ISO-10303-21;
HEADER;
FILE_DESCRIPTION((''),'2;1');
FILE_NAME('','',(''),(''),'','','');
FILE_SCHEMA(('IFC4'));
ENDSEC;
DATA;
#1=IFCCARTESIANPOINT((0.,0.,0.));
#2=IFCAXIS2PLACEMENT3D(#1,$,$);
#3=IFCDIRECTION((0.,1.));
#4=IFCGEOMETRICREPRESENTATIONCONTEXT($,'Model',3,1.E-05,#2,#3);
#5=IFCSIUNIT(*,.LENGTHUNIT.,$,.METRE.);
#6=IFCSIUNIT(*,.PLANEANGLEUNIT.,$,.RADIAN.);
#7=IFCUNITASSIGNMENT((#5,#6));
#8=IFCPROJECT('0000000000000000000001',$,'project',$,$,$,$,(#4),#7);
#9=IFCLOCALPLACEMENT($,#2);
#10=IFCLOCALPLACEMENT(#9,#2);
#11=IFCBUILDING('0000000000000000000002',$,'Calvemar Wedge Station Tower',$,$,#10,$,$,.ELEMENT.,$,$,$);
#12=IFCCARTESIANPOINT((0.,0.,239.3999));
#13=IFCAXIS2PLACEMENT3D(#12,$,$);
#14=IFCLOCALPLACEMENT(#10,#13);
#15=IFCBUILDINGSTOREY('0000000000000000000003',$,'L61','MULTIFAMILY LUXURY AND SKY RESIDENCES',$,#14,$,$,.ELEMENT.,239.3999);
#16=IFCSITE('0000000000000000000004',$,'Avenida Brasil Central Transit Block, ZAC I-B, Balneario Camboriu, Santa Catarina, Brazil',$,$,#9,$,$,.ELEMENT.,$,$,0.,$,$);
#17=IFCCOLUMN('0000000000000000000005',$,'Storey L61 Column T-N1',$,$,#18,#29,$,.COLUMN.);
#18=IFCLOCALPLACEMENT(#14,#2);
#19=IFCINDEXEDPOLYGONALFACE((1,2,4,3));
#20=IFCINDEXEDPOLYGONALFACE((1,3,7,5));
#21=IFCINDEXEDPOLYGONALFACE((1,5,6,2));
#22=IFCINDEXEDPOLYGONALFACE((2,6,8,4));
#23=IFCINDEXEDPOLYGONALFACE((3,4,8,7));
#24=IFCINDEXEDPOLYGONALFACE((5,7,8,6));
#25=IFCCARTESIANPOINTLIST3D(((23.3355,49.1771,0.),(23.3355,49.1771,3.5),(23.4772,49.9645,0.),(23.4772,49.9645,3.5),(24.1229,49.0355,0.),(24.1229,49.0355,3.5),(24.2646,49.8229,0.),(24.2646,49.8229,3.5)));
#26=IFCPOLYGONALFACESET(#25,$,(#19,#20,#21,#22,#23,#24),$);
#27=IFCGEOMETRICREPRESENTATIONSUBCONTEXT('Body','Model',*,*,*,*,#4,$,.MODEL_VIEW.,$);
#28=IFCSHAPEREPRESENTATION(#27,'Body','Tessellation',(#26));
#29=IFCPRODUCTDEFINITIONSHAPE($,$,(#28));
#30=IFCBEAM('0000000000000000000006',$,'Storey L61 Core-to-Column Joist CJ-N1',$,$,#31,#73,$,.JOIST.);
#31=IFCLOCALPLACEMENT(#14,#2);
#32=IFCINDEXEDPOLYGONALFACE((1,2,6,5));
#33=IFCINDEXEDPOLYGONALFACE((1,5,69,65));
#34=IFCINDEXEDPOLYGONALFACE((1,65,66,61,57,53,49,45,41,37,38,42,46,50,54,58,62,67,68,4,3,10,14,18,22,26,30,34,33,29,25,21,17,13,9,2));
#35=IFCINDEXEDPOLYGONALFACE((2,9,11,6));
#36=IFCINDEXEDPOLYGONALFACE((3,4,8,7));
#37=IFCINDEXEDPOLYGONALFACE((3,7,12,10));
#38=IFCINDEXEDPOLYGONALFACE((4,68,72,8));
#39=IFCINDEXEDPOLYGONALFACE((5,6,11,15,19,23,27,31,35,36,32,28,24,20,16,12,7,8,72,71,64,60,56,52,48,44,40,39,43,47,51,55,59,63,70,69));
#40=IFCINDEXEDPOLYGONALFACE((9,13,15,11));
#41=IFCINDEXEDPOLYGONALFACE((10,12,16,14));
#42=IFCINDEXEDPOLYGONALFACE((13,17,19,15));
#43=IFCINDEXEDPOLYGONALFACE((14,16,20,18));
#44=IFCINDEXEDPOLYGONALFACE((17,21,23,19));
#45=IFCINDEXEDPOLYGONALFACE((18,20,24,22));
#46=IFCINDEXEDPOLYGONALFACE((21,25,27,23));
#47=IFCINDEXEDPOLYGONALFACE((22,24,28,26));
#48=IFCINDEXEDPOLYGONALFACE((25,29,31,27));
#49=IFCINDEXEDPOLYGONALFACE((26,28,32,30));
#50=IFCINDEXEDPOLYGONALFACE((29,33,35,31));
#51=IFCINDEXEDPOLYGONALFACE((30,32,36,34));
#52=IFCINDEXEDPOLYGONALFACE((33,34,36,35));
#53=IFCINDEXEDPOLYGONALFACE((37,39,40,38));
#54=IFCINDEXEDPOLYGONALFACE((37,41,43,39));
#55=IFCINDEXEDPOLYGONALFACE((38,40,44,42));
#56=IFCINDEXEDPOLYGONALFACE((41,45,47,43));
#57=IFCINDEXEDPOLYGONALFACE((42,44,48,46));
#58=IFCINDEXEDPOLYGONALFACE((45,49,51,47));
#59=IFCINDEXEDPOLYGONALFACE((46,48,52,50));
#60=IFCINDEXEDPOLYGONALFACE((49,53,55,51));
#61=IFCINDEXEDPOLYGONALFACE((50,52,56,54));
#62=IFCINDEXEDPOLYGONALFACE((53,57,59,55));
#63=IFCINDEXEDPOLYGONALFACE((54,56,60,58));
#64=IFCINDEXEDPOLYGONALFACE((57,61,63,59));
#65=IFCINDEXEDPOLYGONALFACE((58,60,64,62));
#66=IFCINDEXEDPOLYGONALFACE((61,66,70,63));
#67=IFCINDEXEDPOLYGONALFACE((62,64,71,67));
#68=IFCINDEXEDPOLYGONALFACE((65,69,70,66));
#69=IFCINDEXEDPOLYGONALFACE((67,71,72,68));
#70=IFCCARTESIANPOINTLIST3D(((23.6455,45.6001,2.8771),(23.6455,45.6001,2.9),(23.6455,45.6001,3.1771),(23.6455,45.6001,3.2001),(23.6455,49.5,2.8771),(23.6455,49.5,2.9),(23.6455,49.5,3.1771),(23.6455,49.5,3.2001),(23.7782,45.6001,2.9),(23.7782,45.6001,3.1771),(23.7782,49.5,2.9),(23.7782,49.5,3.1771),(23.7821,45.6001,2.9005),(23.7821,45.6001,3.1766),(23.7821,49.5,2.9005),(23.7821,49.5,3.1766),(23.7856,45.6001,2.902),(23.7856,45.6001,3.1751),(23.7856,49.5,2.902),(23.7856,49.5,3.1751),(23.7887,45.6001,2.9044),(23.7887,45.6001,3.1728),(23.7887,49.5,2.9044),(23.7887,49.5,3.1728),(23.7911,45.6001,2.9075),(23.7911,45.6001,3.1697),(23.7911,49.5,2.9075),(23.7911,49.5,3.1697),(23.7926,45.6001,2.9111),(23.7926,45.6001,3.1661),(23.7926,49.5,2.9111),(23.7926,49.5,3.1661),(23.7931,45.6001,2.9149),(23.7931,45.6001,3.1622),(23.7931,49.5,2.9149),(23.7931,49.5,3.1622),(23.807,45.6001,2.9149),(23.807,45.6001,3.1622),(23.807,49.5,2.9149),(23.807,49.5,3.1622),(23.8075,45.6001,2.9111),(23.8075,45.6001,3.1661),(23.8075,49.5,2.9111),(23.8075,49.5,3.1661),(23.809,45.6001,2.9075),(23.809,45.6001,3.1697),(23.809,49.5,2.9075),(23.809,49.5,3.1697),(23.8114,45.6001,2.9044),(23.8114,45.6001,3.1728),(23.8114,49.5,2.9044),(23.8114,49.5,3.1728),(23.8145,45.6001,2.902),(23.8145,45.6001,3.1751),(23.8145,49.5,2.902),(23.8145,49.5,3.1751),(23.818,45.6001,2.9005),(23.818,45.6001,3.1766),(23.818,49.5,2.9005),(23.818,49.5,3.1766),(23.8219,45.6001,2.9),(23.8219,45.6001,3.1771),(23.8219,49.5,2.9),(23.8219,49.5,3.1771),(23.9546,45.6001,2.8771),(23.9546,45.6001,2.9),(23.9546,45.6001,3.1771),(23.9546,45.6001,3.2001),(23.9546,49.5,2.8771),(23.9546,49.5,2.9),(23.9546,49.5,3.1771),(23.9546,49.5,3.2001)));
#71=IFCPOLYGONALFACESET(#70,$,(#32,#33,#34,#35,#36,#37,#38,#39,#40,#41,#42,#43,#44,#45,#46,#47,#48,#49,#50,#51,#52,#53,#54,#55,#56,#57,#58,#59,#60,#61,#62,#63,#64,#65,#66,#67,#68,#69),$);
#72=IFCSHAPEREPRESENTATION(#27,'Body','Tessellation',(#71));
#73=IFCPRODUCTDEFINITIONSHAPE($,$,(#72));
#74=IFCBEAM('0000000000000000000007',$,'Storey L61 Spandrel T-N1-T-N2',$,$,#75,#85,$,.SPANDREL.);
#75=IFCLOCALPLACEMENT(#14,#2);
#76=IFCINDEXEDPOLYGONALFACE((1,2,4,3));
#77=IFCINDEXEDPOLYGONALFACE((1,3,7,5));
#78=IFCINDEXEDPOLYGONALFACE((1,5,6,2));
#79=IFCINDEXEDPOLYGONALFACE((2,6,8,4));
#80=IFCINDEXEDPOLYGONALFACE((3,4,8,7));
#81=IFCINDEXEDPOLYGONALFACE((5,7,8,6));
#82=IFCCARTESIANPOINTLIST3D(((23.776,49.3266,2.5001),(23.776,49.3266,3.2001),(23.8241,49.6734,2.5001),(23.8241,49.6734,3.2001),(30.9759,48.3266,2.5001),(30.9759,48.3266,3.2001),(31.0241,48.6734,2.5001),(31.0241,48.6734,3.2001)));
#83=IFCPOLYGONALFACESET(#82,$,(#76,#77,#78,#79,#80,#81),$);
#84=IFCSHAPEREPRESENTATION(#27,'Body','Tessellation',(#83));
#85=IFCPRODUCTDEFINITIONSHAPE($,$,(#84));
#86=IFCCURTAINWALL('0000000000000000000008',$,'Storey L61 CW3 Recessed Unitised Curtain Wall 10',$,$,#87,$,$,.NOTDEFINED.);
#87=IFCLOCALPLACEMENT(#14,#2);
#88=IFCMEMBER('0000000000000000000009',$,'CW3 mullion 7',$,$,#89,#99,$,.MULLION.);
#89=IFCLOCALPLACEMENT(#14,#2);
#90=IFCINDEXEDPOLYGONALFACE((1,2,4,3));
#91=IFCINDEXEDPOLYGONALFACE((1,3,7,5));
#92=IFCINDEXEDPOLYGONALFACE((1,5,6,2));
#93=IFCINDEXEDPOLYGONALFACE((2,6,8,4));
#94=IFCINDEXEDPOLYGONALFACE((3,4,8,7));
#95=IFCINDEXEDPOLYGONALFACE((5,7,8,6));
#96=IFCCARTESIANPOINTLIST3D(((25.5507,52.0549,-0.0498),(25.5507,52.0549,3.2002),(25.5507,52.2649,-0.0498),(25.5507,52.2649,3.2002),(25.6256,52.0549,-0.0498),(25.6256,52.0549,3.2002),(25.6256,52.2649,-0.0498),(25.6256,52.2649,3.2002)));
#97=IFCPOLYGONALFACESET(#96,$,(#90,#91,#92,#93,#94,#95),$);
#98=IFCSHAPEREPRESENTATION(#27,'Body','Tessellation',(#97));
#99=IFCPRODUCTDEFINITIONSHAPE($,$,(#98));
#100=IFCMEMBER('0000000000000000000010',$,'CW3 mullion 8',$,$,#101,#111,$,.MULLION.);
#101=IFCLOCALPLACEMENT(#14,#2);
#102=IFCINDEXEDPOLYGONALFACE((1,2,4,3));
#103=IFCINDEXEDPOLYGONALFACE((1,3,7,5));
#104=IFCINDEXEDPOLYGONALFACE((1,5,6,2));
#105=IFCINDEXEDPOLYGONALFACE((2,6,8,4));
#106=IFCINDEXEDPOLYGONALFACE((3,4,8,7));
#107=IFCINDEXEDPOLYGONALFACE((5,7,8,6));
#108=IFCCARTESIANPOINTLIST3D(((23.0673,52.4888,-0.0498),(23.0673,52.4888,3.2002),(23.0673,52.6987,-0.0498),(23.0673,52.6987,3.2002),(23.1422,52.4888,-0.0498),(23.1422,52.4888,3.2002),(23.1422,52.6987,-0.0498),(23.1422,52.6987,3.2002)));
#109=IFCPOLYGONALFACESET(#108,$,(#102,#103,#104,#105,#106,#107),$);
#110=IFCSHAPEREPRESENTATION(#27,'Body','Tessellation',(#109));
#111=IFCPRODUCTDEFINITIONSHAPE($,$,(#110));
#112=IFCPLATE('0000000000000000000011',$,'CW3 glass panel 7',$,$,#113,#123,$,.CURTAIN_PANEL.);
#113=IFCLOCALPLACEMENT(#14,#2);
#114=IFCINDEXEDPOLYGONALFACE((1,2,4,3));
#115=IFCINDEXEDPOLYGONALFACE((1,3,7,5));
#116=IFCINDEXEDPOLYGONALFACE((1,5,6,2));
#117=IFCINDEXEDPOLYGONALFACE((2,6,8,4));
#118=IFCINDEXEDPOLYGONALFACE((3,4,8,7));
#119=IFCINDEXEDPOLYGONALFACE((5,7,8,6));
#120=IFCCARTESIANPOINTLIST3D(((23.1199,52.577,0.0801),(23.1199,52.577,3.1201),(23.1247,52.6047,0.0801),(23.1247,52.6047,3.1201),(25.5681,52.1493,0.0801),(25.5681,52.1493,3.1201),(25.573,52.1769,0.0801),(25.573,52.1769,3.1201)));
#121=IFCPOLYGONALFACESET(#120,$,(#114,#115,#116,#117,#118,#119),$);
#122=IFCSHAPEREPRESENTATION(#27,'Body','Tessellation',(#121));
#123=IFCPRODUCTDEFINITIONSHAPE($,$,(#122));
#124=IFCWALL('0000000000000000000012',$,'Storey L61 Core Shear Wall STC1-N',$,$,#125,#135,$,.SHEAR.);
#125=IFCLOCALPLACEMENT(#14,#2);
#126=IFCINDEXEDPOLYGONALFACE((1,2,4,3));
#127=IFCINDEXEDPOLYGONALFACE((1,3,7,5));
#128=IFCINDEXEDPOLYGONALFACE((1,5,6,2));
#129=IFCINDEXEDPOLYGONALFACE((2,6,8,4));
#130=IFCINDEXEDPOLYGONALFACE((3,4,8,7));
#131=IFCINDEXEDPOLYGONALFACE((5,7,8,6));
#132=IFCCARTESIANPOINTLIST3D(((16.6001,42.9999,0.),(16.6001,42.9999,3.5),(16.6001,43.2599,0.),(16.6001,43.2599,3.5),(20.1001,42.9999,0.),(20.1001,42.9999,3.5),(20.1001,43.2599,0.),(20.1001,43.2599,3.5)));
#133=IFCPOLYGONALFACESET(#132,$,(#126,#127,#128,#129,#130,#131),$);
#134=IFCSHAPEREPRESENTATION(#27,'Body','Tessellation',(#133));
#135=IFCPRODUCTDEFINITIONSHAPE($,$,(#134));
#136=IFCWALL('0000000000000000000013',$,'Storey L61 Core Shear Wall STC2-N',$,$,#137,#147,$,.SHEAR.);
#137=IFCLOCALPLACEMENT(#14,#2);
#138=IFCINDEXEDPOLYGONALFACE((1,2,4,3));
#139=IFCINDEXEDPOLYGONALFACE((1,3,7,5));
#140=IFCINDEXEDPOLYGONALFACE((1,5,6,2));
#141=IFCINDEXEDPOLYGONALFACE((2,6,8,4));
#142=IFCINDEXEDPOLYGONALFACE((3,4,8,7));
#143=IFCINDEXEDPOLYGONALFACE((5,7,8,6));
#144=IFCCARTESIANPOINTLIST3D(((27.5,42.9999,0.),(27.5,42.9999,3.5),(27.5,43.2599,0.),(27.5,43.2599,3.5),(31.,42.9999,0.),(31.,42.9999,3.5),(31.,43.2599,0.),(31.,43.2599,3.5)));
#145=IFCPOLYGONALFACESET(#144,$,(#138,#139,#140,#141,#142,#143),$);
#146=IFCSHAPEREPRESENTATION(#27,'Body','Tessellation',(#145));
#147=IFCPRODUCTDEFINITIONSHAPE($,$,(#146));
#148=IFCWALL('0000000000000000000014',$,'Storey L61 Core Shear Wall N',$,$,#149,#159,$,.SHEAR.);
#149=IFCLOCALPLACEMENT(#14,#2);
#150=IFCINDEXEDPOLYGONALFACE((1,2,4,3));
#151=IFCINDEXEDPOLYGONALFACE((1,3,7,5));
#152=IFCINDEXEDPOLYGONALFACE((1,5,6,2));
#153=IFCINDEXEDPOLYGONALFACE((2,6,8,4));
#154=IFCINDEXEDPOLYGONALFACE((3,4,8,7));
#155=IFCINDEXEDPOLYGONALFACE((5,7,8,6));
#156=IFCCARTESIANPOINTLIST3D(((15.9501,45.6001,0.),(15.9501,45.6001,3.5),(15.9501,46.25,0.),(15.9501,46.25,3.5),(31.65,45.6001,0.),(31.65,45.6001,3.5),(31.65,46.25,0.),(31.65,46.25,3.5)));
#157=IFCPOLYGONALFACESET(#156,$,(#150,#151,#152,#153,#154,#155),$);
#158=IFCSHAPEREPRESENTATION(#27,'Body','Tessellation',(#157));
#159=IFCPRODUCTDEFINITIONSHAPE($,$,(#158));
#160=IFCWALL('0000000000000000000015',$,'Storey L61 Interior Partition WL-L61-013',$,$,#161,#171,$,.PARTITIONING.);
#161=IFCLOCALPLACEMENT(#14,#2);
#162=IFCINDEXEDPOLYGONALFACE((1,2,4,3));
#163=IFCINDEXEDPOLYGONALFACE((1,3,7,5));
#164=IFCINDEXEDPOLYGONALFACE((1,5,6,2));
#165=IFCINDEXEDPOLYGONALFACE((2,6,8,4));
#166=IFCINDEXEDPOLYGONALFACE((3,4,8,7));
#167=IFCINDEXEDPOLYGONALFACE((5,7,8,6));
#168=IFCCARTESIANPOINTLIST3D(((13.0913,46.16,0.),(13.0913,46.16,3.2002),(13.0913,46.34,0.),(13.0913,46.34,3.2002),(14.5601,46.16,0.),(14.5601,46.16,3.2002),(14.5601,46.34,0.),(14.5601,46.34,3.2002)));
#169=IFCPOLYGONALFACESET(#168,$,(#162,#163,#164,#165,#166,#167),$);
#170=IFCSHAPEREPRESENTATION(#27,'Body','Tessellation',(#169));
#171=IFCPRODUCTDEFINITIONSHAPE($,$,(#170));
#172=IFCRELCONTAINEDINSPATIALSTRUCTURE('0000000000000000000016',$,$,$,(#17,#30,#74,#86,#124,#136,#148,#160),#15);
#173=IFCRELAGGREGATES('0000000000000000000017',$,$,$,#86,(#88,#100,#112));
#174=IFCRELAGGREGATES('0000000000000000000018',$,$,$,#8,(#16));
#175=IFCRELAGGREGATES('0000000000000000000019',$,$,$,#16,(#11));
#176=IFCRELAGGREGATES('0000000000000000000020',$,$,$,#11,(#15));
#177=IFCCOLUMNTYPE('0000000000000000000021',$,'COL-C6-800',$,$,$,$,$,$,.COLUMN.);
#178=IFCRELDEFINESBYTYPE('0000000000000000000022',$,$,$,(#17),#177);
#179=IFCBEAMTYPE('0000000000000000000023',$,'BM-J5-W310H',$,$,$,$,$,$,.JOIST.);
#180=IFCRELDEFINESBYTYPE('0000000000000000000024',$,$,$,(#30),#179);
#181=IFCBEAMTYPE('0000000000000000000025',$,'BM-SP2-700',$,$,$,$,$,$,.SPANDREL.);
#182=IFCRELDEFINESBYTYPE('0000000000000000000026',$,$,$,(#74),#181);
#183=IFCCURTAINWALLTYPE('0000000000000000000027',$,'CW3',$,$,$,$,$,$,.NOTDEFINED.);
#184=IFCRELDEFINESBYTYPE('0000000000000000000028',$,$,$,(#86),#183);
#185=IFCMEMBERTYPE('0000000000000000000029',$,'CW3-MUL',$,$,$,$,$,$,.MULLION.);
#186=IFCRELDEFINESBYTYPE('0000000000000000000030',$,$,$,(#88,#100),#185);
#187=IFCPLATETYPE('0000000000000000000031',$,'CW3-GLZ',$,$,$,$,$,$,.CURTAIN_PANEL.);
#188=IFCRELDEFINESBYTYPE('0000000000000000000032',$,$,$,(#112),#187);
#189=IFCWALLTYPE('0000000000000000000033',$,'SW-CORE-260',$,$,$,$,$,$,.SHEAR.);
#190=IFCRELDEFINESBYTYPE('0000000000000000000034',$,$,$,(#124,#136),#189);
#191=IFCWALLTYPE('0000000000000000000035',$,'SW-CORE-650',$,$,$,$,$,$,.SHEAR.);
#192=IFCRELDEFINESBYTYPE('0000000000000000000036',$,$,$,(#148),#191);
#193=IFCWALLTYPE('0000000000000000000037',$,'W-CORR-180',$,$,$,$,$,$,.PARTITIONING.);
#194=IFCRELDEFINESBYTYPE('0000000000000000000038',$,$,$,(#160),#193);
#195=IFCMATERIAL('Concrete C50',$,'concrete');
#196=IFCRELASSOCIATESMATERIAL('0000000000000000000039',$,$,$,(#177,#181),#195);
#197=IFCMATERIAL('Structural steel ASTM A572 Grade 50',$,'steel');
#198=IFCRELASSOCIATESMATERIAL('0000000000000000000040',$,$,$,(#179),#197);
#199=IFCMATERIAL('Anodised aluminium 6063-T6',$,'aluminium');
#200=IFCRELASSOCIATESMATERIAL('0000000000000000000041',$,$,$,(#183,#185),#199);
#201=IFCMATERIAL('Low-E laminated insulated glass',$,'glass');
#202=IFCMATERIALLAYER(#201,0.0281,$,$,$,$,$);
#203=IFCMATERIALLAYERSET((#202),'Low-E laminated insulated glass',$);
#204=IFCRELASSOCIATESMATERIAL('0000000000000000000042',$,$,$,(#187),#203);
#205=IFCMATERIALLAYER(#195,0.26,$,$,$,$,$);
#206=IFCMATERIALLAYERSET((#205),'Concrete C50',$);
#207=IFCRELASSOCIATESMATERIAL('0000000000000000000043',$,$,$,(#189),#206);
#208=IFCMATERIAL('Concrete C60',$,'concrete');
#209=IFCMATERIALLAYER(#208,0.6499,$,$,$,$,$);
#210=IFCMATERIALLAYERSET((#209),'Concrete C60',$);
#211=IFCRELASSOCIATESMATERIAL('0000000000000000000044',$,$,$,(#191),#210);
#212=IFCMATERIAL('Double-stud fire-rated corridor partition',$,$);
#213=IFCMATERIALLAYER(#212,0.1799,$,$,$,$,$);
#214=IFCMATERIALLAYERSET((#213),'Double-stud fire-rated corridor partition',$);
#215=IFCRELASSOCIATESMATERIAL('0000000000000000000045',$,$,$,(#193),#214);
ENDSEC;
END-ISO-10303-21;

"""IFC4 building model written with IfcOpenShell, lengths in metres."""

from ifc_helpers import new_model, si_unit, direction, frame, frame_2d, origin, origin_2d, place, context, subcontext, project, spatial, rectangle, i_section, extrude, source, transform, mapped, material, layer, layer_set, material_profile, profile_set, type_object, element, aggregate, save


model = new_model("IFC4")

# Units and contexts
model_context = context("Model", 3, precision=1e-05, world=origin(), true_north=direction((0.0, 1.0)))
body_context = subcontext(model_context, "Body", "Model", "MODEL_VIEW")
ifc_project = project(units=[si_unit("LENGTHUNIT", "METRE"), si_unit("PLANEANGLEUNIT", "RADIAN")], contexts=[model_context])

# Site, building, storey
site_placement = place(None, origin())
site = spatial("IfcSite", under=ifc_project, at=site_placement, Name="Avenida Brasil Central Transit Block, ZAC I-B, Balneario Camboriu, Santa Catarina, Brazil", CompositionType="ELEMENT", RefElevation=0.0)
building_placement = place(site_placement, origin())
building = spatial("IfcBuilding", under=site, at=building_placement, Name="Calvemar Wedge Station Tower", CompositionType="ELEMENT")
storey_placement = place(building_placement, frame((0.0, 0.0, 239.3999)))
storey = spatial("IfcBuildingStorey", under=building, at=storey_placement, Name="L61", Description="MULTIFAMILY LUXURY AND SKY RESIDENCES", CompositionType="ELEMENT", Elevation=239.3999)

# Column
ifc_material_1 = material(Name="Concrete C50", Category="concrete")
ifc_material_profile_1 = material_profile(ifc_material_1, rectangle(XDim=0.8, YDim=0.8, at=origin_2d()), Name="RC800x800")
ifc_profile_set_1 = profile_set([ifc_material_profile_1], Name="Concrete C50")
column_type = type_object("IfcColumnType", Name="COL-C6-800", PredefinedType="COLUMN", material=ifc_profile_set_1)
shared_shape_1 = source(origin(), body_context, "Body", "SweptSolid", [
    extrude(rectangle(XDim=0.8, YDim=0.8, at=origin_2d()), origin(), (0.0, 0.0, 1.0), 3.5),
])
column_placement = place(storey_placement, frame((23.8, 49.5, 0.0), z_axis=(0.0, 0.0, 1.0), x_axis=(0.984196, -0.177085, 0.0)))
element("IfcColumn", 1, at=column_placement, inside=storey, type_object=column_type, Name="Storey L61 Column T-N1", PredefinedType="COLUMN", context=body_context, shape_type="MappedRepresentation", body=[
    mapped(shared_shape_1, transform((0.0, 0.0, 0.0), scale=1.0)),
])

# Beams
ifc_material_2 = material(Name="Structural steel ASTM A572 Grade 50", Category="steel")
ifc_material_profile_2 = material_profile(ifc_material_2, i_section(OverallWidth=0.3091, OverallDepth=0.323, WebThickness=0.0139, FlangeThickness=0.0229, FilletRadius=0.0149, at=origin_2d()), Name="W310x143")
ifc_profile_set_2 = profile_set([ifc_material_profile_2], Name="Structural steel ASTM A572 Grade 50")
beam_type_1 = type_object("IfcBeamType", Name="BM-J5-W310H", PredefinedType="JOIST", material=ifc_profile_set_2)
shared_shape_2 = source(origin(), body_context, "Body", "SweptSolid", [
    extrude(i_section(OverallWidth=0.3091, OverallDepth=0.323, WebThickness=0.0139, FlangeThickness=0.0229, FilletRadius=0.0149, at=origin_2d()), origin(), (0.0, 0.0, 1.0), 3.8999),
])
beam_1_placement = place(storey_placement, frame((23.8, 45.6001, 3.0386), z_axis=(0.0, 1.0, 0.0), x_axis=(-1.0, 0.0, 0.0)))
element("IfcBeam", 2, at=beam_1_placement, inside=storey, type_object=beam_type_1, Name="Storey L61 Core-to-Column Joist CJ-N1", PredefinedType="JOIST", context=body_context, shape_type="MappedRepresentation", body=[
    mapped(shared_shape_2, transform((0.0, 0.0, 0.0), scale=1.0)),
])
ifc_material_profile_3 = material_profile(ifc_material_1, rectangle(XDim=0.3501, YDim=0.7, at=origin_2d()), Name="RC350x700")
ifc_profile_set_3 = profile_set([ifc_material_profile_3], Name="Concrete C50")
beam_type_2 = type_object("IfcBeamType", Name="BM-SP2-700", PredefinedType="SPANDREL", material=ifc_profile_set_3)
shared_shape_3 = source(origin(), body_context, "Body", "SweptSolid", [
    extrude(rectangle(XDim=0.3501, YDim=0.7, at=origin_2d()), origin(), (0.0, 0.0, 1.0), 7.269),
])
beam_2_placement = place(storey_placement, frame((23.8, 49.5, 2.8501), z_axis=(0.990492, -0.137569, 0.0), x_axis=(0.137569, 0.990492, 0.0)))
element("IfcBeam", 3, at=beam_2_placement, inside=storey, type_object=beam_type_2, Name="Storey L61 Spandrel T-N1-T-N2", PredefinedType="SPANDREL", context=body_context, shape_type="MappedRepresentation", body=[
    mapped(shared_shape_3, transform((0.0, 0.0, 0.0), scale=1.0)),
])

# Curtain wall, members, plate
ifc_material_3 = material(Name="Anodised aluminium 6063-T6", Category="aluminium")
curtain_wall_type = type_object("IfcCurtainWallType", Name="CW3", PredefinedType="NOTDEFINED", material=ifc_material_3)
curtain_wall_placement = place(storey_placement, origin())
curtain_wall = element("IfcCurtainWall", 4, at=curtain_wall_placement, inside=storey, type_object=curtain_wall_type, Name="Storey L61 CW3 Recessed Unitised Curtain Wall 10", PredefinedType="NOTDEFINED")
ifc_material_profile_4 = material_profile(ifc_material_3, rectangle(XDim=0.075, YDim=0.21, at=origin_2d()), Name="AL-MUL-75x210")
ifc_profile_set_4 = profile_set([ifc_material_profile_4], Name="Anodised aluminium 6063-T6")
member_type = type_object("IfcMemberType", Name="CW3-MUL", PredefinedType="MULLION", material=ifc_profile_set_4)
shared_shape_4 = source(origin(), body_context, "Body", "SweptSolid", [
    extrude(rectangle(XDim=0.075, YDim=0.21, at=origin_2d()), origin(), (0.0, 0.0, 1.0), 3.25),
])
member_1_placement = place(storey_placement, frame((25.5881, 52.1599, -0.0498), z_axis=(0.0, 0.0, 1.0), x_axis=(1.0, 0.0, 0.0)))
member_1 = element("IfcMember", 5, at=member_1_placement, type_object=member_type, Name="CW3 mullion 7", PredefinedType="MULLION", context=body_context, shape_type="MappedRepresentation", body=[
    mapped(shared_shape_4, transform((0.0, 0.0, 0.0), scale=1.0)),
])
member_2_placement = place(storey_placement, frame((23.1047, 52.5938, -0.0498), z_axis=(0.0, 0.0, 1.0), x_axis=(1.0, 0.0, 0.0)))
member_2 = element("IfcMember", 6, at=member_2_placement, type_object=member_type, Name="CW3 mullion 8", PredefinedType="MULLION", context=body_context, shape_type="MappedRepresentation", body=[
    mapped(shared_shape_4, transform((0.0, 0.0, 0.0), scale=1.0)),
])
ifc_material_4 = material(Name="Low-E laminated insulated glass", Category="glass")
ifc_layer_1 = layer(ifc_material_4, 0.0281)
ifc_layer_set_1 = layer_set([ifc_layer_1], Name="Low-E laminated insulated glass")
plate_type = type_object("IfcPlateType", Name="CW3-GLZ", PredefinedType="CURTAIN_PANEL", material=ifc_layer_set_1)
plate_placement = place(storey_placement, frame((25.5706, 52.1631, 0.0801), z_axis=(0.0, 0.0, 1.0), x_axis=(-0.985079, 0.172104, 0.0)))
plate = element("IfcPlate", 7, at=plate_placement, type_object=plate_type, Name="CW3 glass panel 7", PredefinedType="CURTAIN_PANEL", context=body_context, shape_type="SweptSolid", body=[
    extrude(rectangle(XDim=2.4854, YDim=0.0281, at=frame_2d((1.2427, 0.0))), origin(), (0.0, 0.0, 1.0), 3.04),
])
aggregate(curtain_wall, [member_1, member_2, plate])

# Walls
ifc_layer_2 = layer(ifc_material_1, 0.26)
ifc_layer_set_2 = layer_set([ifc_layer_2], Name="Concrete C50")
wall_type_1 = type_object("IfcWallType", Name="SW-CORE-260", PredefinedType="SHEAR", material=ifc_layer_set_2)
for number, where, z_axis, x_axis, name in (
    (8, (16.6001, 43.1299, 0.0), (0.0, 0.0, 1.0), (1.0, 0.0, 0.0), "Storey L61 Core Shear Wall STC1-N"),
    (9, (27.5, 43.1299, 0.0), (0.0, 0.0, 1.0), (1.0, 0.0, 0.0), "Storey L61 Core Shear Wall STC2-N"),
):
    element("IfcWall", number, at=place(storey_placement, frame(where, z_axis=z_axis, x_axis=x_axis)), inside=storey, type_object=wall_type_1, Name=name, PredefinedType="SHEAR", context=body_context, shape_type="SweptSolid", body=[
        extrude(rectangle(XDim=3.5, YDim=0.26, at=frame_2d((1.75, 0.0))), origin(), (0.0, 0.0, 1.0), 3.5),
    ])
ifc_material_5 = material(Name="Concrete C60", Category="concrete")
ifc_layer_3 = layer(ifc_material_5, 0.6499)
ifc_layer_set_3 = layer_set([ifc_layer_3], Name="Concrete C60")
wall_type_2 = type_object("IfcWallType", Name="SW-CORE-650", PredefinedType="SHEAR", material=ifc_layer_set_3)
wall_1_placement = place(storey_placement, frame((15.95, 45.925, 0.0), z_axis=(0.0, 0.0, 1.0), x_axis=(1.0, 0.0, 0.0)))
element("IfcWall", 10, at=wall_1_placement, inside=storey, type_object=wall_type_2, Name="Storey L61 Core Shear Wall N", PredefinedType="SHEAR", context=body_context, shape_type="SweptSolid", body=[
    extrude(rectangle(XDim=15.7, YDim=0.6499, at=frame_2d((7.8501, 0.0))), origin(), (0.0, 0.0, 1.0), 3.5),
])
ifc_material_6 = material(Name="Double-stud fire-rated corridor partition")
ifc_layer_4 = layer(ifc_material_6, 0.1799)
ifc_layer_set_4 = layer_set([ifc_layer_4], Name="Double-stud fire-rated corridor partition")
wall_type_3 = type_object("IfcWallType", Name="W-CORR-180", PredefinedType="PARTITIONING", material=ifc_layer_set_4)
wall_2_placement = place(storey_placement, frame((14.5601, 46.25, 0.0), z_axis=(0.0, 0.0, 1.0), x_axis=(-1.0, 0.0, 0.0)))
element("IfcWall", 11, at=wall_2_placement, inside=storey, type_object=wall_type_3, Name="Storey L61 Interior Partition WL-L61-013", PredefinedType="PARTITIONING", context=body_context, shape_type="SweptSolid", body=[
    extrude(rectangle(XDim=1.4688, YDim=0.1799, at=frame_2d((0.7344, 0.0))), origin(), (0.0, 0.0, 1.0), 3.2002),
])

save(model, "model.ifc")
